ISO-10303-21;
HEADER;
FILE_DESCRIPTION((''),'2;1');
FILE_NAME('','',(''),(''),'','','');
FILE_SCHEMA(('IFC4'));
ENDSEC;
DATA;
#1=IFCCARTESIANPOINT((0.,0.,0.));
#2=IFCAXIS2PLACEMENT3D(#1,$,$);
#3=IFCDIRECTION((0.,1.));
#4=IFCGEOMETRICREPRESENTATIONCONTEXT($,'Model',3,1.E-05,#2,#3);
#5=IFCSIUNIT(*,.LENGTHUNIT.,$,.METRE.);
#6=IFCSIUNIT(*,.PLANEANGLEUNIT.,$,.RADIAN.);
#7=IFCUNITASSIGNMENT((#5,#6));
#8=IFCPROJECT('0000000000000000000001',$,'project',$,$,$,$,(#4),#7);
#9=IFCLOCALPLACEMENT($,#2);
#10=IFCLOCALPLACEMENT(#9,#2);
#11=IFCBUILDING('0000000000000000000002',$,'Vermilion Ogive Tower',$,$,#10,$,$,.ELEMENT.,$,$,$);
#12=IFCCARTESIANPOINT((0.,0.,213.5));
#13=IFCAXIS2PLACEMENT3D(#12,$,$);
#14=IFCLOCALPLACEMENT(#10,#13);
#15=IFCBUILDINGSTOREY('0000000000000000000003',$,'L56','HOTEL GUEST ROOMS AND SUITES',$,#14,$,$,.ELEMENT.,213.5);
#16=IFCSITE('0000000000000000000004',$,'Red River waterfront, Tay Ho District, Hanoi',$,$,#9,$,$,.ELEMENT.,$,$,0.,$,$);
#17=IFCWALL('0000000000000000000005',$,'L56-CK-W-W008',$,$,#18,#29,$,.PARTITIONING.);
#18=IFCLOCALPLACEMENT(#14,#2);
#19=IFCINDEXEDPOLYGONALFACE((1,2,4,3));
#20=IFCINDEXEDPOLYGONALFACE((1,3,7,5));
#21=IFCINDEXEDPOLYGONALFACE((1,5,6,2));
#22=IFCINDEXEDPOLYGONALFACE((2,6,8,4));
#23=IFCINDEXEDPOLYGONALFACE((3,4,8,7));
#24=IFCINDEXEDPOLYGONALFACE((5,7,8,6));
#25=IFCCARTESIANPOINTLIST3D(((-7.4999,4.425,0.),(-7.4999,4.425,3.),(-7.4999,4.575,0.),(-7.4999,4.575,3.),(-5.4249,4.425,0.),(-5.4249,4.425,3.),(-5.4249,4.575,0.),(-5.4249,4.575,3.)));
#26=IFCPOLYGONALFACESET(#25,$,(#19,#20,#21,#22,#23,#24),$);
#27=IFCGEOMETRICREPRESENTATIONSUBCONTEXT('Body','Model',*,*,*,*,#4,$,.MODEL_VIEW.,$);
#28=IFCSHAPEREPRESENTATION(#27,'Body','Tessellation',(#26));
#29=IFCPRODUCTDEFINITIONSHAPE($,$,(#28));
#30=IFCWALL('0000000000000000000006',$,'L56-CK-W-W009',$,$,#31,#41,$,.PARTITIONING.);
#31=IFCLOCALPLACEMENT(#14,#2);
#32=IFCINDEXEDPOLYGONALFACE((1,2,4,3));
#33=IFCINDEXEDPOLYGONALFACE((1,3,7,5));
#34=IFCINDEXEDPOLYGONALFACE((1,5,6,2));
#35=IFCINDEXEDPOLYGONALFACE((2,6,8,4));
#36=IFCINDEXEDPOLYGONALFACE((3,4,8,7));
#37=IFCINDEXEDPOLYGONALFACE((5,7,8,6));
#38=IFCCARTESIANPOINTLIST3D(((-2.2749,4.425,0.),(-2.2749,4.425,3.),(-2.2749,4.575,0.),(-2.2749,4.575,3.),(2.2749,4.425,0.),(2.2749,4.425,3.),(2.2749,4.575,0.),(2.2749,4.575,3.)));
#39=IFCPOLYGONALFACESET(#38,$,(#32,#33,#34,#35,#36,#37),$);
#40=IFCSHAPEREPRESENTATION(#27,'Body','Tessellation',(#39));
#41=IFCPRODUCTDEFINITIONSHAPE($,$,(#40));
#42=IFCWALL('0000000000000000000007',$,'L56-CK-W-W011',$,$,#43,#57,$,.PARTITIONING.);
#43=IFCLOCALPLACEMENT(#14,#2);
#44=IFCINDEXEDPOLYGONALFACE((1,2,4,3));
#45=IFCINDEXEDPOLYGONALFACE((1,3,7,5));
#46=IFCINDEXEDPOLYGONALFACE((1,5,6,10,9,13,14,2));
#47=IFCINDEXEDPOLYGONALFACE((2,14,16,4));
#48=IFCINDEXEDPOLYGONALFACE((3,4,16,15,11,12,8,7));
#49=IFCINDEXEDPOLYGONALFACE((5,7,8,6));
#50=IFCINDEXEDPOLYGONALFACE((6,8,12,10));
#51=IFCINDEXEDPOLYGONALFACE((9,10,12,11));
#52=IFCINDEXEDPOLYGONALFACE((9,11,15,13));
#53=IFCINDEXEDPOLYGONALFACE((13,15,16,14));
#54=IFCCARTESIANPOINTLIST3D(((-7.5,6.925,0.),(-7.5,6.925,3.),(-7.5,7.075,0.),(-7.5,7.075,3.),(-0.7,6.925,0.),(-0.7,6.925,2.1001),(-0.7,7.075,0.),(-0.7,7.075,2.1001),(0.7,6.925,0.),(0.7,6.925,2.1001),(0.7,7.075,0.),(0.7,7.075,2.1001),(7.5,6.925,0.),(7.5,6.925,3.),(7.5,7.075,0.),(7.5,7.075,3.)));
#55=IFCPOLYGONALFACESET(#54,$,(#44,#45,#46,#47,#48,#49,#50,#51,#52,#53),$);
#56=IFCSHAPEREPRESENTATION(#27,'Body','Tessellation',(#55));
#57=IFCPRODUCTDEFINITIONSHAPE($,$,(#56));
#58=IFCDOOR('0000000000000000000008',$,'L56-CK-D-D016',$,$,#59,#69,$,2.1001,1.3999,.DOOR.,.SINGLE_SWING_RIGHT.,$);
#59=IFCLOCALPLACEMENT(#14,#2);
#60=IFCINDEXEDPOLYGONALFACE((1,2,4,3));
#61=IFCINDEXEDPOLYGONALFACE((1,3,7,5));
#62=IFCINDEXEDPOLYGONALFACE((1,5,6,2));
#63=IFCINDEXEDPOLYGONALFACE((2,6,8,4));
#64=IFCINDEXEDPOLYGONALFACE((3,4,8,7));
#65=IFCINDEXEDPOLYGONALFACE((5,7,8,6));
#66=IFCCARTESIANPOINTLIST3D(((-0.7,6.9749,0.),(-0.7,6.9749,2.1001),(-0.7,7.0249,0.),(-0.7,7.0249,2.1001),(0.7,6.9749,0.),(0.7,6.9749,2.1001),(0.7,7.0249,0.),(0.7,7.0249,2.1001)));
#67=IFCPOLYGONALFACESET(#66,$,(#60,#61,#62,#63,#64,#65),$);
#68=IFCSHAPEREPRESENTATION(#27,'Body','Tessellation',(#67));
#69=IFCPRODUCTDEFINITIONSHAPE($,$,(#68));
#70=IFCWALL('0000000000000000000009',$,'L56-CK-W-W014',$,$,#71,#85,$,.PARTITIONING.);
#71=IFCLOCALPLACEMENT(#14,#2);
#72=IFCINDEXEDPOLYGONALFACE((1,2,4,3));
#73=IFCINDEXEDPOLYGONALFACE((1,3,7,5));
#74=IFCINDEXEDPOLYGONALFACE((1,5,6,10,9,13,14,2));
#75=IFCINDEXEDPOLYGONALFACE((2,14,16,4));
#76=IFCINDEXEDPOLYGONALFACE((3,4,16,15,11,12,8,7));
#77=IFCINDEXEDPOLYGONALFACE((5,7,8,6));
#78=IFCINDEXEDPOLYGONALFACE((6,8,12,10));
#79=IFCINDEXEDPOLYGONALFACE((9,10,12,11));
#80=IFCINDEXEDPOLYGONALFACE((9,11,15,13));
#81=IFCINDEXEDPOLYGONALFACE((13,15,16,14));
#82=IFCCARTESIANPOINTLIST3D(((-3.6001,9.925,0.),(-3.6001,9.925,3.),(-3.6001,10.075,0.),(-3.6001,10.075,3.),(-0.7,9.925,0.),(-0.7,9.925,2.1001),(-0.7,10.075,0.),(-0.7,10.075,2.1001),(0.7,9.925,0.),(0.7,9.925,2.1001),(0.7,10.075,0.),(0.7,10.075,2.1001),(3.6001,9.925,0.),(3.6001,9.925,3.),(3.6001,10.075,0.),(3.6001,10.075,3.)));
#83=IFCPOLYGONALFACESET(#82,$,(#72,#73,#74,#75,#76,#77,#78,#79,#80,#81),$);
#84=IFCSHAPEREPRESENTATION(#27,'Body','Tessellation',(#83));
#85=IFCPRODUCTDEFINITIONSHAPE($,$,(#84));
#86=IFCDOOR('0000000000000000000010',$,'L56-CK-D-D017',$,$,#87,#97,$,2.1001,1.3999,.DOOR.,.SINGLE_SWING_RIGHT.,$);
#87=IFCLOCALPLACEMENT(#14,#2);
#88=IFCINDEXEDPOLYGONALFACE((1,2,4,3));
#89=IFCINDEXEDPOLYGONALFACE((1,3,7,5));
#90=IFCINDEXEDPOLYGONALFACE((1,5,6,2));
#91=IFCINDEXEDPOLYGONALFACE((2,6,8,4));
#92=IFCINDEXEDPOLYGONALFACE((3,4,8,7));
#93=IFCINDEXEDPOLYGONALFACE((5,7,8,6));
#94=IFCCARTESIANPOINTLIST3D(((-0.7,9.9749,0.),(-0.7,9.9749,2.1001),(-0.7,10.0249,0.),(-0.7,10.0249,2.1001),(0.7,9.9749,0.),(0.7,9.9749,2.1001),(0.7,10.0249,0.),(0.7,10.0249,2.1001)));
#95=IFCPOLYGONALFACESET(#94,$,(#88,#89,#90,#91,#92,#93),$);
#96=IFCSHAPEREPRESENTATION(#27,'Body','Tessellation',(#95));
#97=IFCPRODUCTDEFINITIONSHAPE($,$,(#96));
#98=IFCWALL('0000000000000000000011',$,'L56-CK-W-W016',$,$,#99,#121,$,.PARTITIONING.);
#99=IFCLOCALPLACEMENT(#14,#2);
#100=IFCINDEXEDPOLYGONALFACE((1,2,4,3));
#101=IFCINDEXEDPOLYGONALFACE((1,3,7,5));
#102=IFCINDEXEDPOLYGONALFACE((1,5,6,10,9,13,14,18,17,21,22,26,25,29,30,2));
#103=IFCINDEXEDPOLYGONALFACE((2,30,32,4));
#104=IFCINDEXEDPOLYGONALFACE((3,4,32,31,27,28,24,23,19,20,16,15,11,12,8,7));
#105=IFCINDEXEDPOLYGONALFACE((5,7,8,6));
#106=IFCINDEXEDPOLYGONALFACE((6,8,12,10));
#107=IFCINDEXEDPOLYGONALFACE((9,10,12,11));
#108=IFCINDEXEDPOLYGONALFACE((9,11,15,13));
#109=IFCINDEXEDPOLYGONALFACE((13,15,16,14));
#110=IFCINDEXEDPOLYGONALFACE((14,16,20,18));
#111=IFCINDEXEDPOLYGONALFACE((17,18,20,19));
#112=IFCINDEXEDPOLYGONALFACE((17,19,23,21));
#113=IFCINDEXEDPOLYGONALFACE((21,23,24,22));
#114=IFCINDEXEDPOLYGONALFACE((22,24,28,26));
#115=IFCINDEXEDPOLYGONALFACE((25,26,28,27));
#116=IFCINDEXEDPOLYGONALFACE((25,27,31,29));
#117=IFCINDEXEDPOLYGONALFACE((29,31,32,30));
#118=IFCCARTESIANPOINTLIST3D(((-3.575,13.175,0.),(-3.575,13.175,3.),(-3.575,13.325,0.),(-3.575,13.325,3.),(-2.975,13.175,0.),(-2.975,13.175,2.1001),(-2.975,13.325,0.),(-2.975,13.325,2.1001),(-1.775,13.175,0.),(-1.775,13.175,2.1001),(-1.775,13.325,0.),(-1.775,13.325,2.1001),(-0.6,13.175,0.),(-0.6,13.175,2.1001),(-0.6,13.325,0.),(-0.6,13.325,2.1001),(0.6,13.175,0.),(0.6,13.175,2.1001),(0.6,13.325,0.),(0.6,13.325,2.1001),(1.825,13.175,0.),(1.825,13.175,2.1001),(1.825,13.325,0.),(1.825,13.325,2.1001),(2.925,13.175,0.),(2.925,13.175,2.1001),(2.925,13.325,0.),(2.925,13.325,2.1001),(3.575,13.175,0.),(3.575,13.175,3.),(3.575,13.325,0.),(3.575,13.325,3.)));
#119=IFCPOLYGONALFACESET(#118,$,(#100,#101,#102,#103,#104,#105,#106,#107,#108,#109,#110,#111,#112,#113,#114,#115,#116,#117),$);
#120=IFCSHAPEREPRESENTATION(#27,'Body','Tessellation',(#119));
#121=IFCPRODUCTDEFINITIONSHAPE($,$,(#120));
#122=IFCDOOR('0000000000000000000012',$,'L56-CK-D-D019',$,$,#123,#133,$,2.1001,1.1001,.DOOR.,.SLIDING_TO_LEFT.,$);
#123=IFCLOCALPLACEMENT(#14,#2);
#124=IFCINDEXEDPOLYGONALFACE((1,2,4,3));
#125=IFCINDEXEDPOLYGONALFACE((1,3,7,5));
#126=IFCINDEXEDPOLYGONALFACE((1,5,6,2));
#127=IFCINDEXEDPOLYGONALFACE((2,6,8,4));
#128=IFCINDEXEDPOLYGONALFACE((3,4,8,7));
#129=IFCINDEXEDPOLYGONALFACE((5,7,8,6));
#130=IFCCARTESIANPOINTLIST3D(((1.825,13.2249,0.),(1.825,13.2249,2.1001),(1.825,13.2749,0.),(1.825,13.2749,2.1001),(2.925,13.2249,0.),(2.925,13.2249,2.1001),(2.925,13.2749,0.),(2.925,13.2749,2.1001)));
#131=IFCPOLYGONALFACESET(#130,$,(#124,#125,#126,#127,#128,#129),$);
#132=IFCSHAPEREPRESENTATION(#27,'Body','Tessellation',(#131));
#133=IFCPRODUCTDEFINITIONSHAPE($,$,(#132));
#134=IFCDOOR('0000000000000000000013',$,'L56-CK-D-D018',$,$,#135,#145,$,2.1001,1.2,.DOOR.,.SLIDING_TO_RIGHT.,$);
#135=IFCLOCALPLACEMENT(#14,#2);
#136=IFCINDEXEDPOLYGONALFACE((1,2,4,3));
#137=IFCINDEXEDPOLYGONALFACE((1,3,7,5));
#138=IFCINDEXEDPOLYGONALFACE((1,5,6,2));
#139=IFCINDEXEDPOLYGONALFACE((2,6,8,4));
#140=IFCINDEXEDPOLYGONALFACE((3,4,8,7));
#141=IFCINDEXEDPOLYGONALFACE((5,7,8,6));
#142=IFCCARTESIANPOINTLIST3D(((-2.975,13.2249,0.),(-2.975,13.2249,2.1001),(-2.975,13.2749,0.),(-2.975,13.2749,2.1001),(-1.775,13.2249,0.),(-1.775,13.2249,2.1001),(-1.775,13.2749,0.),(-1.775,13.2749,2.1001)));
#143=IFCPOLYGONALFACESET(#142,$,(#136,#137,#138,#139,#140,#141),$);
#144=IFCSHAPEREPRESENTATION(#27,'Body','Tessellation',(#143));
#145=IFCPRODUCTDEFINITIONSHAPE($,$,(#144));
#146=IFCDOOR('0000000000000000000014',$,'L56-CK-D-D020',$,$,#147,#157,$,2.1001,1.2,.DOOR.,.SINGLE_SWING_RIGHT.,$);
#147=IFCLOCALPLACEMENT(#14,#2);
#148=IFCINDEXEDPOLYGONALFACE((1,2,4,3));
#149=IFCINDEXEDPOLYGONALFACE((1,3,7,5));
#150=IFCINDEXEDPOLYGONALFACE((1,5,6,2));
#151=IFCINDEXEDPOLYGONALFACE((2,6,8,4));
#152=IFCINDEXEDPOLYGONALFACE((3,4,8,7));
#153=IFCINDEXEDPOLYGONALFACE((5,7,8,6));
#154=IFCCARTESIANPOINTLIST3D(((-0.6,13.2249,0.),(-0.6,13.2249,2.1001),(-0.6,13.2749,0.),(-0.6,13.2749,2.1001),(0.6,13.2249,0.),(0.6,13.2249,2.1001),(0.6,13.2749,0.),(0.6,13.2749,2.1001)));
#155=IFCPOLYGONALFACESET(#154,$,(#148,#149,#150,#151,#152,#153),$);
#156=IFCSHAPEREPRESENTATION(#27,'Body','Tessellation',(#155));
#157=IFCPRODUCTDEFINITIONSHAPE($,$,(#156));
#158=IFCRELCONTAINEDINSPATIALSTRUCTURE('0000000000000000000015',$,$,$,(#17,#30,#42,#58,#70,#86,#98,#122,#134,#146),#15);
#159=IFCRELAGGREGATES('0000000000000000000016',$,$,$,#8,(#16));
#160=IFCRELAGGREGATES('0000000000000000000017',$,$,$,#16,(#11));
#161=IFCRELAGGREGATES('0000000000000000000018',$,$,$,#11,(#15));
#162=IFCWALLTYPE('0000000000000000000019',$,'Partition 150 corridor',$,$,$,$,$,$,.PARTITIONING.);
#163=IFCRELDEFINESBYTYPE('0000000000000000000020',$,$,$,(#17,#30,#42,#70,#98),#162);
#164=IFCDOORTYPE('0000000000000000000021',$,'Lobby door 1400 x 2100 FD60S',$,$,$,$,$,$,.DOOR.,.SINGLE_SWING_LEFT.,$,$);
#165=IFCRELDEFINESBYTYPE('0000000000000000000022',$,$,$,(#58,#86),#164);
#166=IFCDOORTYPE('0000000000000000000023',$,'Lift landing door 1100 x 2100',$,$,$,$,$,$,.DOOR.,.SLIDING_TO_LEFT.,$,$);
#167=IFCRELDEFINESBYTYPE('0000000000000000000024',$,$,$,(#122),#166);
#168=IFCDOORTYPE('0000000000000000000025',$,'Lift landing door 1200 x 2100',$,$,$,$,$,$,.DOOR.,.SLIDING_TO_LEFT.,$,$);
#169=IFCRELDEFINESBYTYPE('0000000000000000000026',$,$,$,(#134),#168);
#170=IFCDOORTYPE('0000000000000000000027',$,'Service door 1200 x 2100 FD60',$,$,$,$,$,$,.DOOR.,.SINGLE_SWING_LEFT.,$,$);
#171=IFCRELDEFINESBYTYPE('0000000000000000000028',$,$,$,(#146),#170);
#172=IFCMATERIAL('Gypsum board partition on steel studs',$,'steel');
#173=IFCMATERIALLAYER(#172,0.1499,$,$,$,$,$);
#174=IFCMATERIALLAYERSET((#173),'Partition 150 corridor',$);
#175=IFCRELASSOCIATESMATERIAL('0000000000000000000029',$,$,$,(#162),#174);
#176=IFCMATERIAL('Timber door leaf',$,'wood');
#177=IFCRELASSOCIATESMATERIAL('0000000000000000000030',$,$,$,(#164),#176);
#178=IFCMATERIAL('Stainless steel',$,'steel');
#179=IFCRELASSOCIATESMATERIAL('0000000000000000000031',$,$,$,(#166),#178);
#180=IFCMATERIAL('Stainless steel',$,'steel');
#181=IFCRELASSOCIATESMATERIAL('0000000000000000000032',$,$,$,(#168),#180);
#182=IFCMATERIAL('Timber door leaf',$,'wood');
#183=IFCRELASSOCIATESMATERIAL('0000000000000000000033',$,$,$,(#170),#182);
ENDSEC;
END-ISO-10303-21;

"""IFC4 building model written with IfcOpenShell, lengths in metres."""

from ifc_helpers import new_model, si_unit, direction, frame, frame_2d, origin, place, context, subcontext, project, spatial, rectangle, extrude, material, layer, layer_set, type_object, element, fill, save


model = new_model("IFC4")

# Units and contexts
model_context = context("Model", 3, precision=1e-05, world=origin(), true_north=direction((0.0, 1.0)))
body_context = subcontext(model_context, "Body", "Model", "MODEL_VIEW")
ifc_project = project(units=[si_unit("LENGTHUNIT", "METRE"), si_unit("PLANEANGLEUNIT", "RADIAN")], contexts=[model_context])

# Site, building, storey
site_placement = place(None, origin())
site = spatial("IfcSite", under=ifc_project, at=site_placement, Name="Red River waterfront, Tay Ho District, Hanoi", CompositionType="ELEMENT", RefElevation=0.0)
building_placement = place(site_placement, origin())
building = spatial("IfcBuilding", under=site, at=building_placement, Name="Vermilion Ogive Tower", CompositionType="ELEMENT")
storey_placement = place(building_placement, frame((0.0, 0.0, 213.5)))
storey = spatial("IfcBuildingStorey", under=building, at=storey_placement, Name="L56", Description="HOTEL GUEST ROOMS AND SUITES", CompositionType="ELEMENT", Elevation=213.5)

# Walls
ifc_material_1 = material(Name="Gypsum board partition on steel studs", Category="steel")
ifc_layer_1 = layer(ifc_material_1, 0.1499)
ifc_layer_set_1 = layer_set([ifc_layer_1], Name="Partition 150 corridor")
wall_type_1 = type_object("IfcWallType", Name="Partition 150 corridor", PredefinedType="PARTITIONING", material=ifc_layer_set_1)
wall_1_placement = place(storey_placement, frame((-7.5, 4.5, 0.0), z_axis=(0.0, 0.0, 1.0), x_axis=(1.0, 0.0, 0.0)))
element("IfcWall", 1, at=wall_1_placement, inside=storey, type_object=wall_type_1, Name="L56-CK-W-W008", PredefinedType="PARTITIONING", context=body_context, shape_type="SweptSolid", body=[
    extrude(rectangle(XDim=2.075, YDim=0.1499, at=frame_2d((1.0376, 0.0))), origin(), (0.0, 0.0, 1.0), 3.0),
])
wall_2_placement = place(storey_placement, frame((-2.2749, 4.5, 0.0), z_axis=(0.0, 0.0, 1.0), x_axis=(1.0, 0.0, 0.0)))
element("IfcWall", 2, at=wall_2_placement, inside=storey, type_object=wall_type_1, Name="L56-CK-W-W009", PredefinedType="PARTITIONING", context=body_context, shape_type="SweptSolid", body=[
    extrude(rectangle(XDim=4.5498, YDim=0.1499, at=frame_2d((2.2749, 0.0))), origin(), (0.0, 0.0, 1.0), 3.0),
])

# Walls, openings, doors
wall_3_placement = place(storey_placement, frame((-7.5, 7.0, 0.0), z_axis=(0.0, 0.0, 1.0), x_axis=(1.0, 0.0, 0.0)))
wall_3 = element("IfcWall", 3, at=wall_3_placement, inside=storey, type_object=wall_type_1, Name="L56-CK-W-W011", PredefinedType="PARTITIONING", context=body_context, shape_type="SweptSolid", body=[
    extrude(rectangle(XDim=15.0, YDim=0.1499, at=frame_2d((7.5, 0.0))), origin(), (0.0, 0.0, 1.0), 3.0),
])
opening_1_placement = place(wall_3_placement, frame((6.8, 0.0, 0.0)))
opening_1 = element("IfcOpeningElement", 4, at=opening_1_placement, cuts=wall_3, PredefinedType="OPENING", context=body_context, shape_type="SweptSolid", body=[
    extrude(rectangle(XDim=1.3999, YDim=2.1001, at=frame_2d((0.7, 1.05))), frame((0.0, 0.085, 0.0), z_axis=(0.0, -1.0, 0.0), x_axis=(1.0, 0.0, 0.0)), (0.0, 0.0, 1.0), 0.1699),
])
ifc_material_2 = material(Name="Timber door leaf", Category="wood")
door_type_1 = type_object("IfcDoorType", Name="Lobby door 1400 x 2100 FD60S", OperationType="SINGLE_SWING_LEFT", PredefinedType="DOOR", material=ifc_material_2)
door_1_placement = place(opening_1_placement, origin())
door_1 = element("IfcDoor", 5, at=door_1_placement, inside=storey, type_object=door_type_1, Name="L56-CK-D-D016", OperationType="SINGLE_SWING_RIGHT", OverallHeight=2.1001, OverallWidth=1.3999, PredefinedType="DOOR", context=body_context, shape_type="SweptSolid", body=[
    extrude(rectangle(XDim=1.3999, YDim=2.1001, at=frame_2d((0.7, 1.05))), frame((0.0, 0.0249, 0.0), z_axis=(0.0, -1.0, 0.0), x_axis=(1.0, 0.0, 0.0)), (0.0, 0.0, 1.0), 0.05),
])
fill(opening_1, door_1)
wall_4_placement = place(storey_placement, frame((-3.6001, 10.0, 0.0), z_axis=(0.0, 0.0, 1.0), x_axis=(1.0, 0.0, 0.0)))
wall_4 = element("IfcWall", 6, at=wall_4_placement, inside=storey, type_object=wall_type_1, Name="L56-CK-W-W014", PredefinedType="PARTITIONING", context=body_context, shape_type="SweptSolid", body=[
    extrude(rectangle(XDim=7.2002, YDim=0.1499, at=frame_2d((3.6001, 0.0))), origin(), (0.0, 0.0, 1.0), 3.0),
])
opening_2_placement = place(wall_4_placement, frame((2.9001, 0.0, 0.0)))
opening_2 = element("IfcOpeningElement", 7, at=opening_2_placement, cuts=wall_4, PredefinedType="OPENING", context=body_context, shape_type="SweptSolid", body=[
    extrude(rectangle(XDim=1.3999, YDim=2.1001, at=frame_2d((0.7, 1.05))), frame((0.0, 0.085, 0.0), z_axis=(0.0, -1.0, 0.0), x_axis=(1.0, 0.0, 0.0)), (0.0, 0.0, 1.0), 0.1699),
])
door_2_placement = place(opening_2_placement, origin())
door_2 = element("IfcDoor", 8, at=door_2_placement, inside=storey, type_object=door_type_1, Name="L56-CK-D-D017", OperationType="SINGLE_SWING_RIGHT", OverallHeight=2.1001, OverallWidth=1.3999, PredefinedType="DOOR", context=body_context, shape_type="SweptSolid", body=[
    extrude(rectangle(XDim=1.3999, YDim=2.1001, at=frame_2d((0.7, 1.05))), frame((0.0, 0.0249, 0.0), z_axis=(0.0, -1.0, 0.0), x_axis=(1.0, 0.0, 0.0)), (0.0, 0.0, 1.0), 0.05),
])
fill(opening_2, door_2)

# Wall, openings, doors
wall_5_placement = place(storey_placement, frame((-3.575, 13.25, 0.0), z_axis=(0.0, 0.0, 1.0), x_axis=(1.0, 0.0, 0.0)))
wall_5 = element("IfcWall", 9, at=wall_5_placement, inside=storey, type_object=wall_type_1, Name="L56-CK-W-W016", PredefinedType="PARTITIONING", context=body_context, shape_type="SweptSolid", body=[
    extrude(rectangle(XDim=7.1499, YDim=0.1499, at=frame_2d((3.575, 0.0))), origin(), (0.0, 0.0, 1.0), 3.0),
])
opening_3_placement = place(wall_5_placement, frame((0.5999, 0.0, 0.0)))
opening_3 = element("IfcOpeningElement", 10, at=opening_3_placement, cuts=wall_5, PredefinedType="OPENING", context=body_context, shape_type="SweptSolid", body=[
    extrude(rectangle(XDim=1.2, YDim=2.1001, at=frame_2d((0.6001, 1.05))), frame((0.0, 0.085, 0.0), z_axis=(0.0, -1.0, 0.0), x_axis=(1.0, 0.0, 0.0)), (0.0, 0.0, 1.0), 0.1699),
])
opening_4_placement = place(wall_5_placement, frame((5.3999, 0.0, 0.0)))
opening_4 = element("IfcOpeningElement", 11, at=opening_4_placement, cuts=wall_5, PredefinedType="OPENING", context=body_context, shape_type="SweptSolid", body=[
    extrude(rectangle(XDim=1.1001, YDim=2.1001, at=frame_2d((0.55, 1.05))), frame((0.0, 0.085, 0.0), z_axis=(0.0, -1.0, 0.0), x_axis=(1.0, 0.0, 0.0)), (0.0, 0.0, 1.0), 0.1699),
])
opening_5_placement = place(wall_5_placement, frame((2.9749, 0.0, 0.0)))
opening_5 = element("IfcOpeningElement", 12, at=opening_5_placement, cuts=wall_5, PredefinedType="OPENING", context=body_context, shape_type="SweptSolid", body=[
    extrude(rectangle(XDim=1.2, YDim=2.1001, at=frame_2d((0.6001, 1.05))), frame((0.0, 0.085, 0.0), z_axis=(0.0, -1.0, 0.0), x_axis=(1.0, 0.0, 0.0)), (0.0, 0.0, 1.0), 0.1699),
])
ifc_material_3 = material(Name="Stainless steel", Category="steel")
door_type_2 = type_object("IfcDoorType", Name="Lift landing door 1100 x 2100", OperationType="SLIDING_TO_LEFT", PredefinedType="DOOR", material=ifc_material_3)
door_3_placement = place(opening_4_placement, origin())
door_3 = element("IfcDoor", 13, at=door_3_placement, inside=storey, type_object=door_type_2, Name="L56-CK-D-D019", OperationType="SLIDING_TO_LEFT", OverallHeight=2.1001, OverallWidth=1.1001, PredefinedType="DOOR", context=body_context, shape_type="SweptSolid", body=[
    extrude(rectangle(XDim=1.1001, YDim=2.1001, at=frame_2d((0.55, 1.05))), frame((0.0, 0.0249, 0.0), z_axis=(0.0, -1.0, 0.0), x_axis=(1.0, 0.0, 0.0)), (0.0, 0.0, 1.0), 0.05),
])
fill(opening_4, door_3)
ifc_material_4 = material(Name="Stainless steel", Category="steel")
door_type_3 = type_object("IfcDoorType", Name="Lift landing door 1200 x 2100", OperationType="SLIDING_TO_LEFT", PredefinedType="DOOR", material=ifc_material_4)
door_4_placement = place(opening_3_placement, origin())
door_4 = element("IfcDoor", 14, at=door_4_placement, inside=storey, type_object=door_type_3, Name="L56-CK-D-D018", OperationType="SLIDING_TO_RIGHT", OverallHeight=2.1001, OverallWidth=1.2, PredefinedType="DOOR", context=body_context, shape_type="SweptSolid", body=[
    extrude(rectangle(XDim=1.2, YDim=2.1001, at=frame_2d((0.6001, 1.05))), frame((0.0, 0.0249, 0.0), z_axis=(0.0, -1.0, 0.0), x_axis=(1.0, 0.0, 0.0)), (0.0, 0.0, 1.0), 0.05),
])
fill(opening_3, door_4)
ifc_material_5 = material(Name="Timber door leaf", Category="wood")
door_type_4 = type_object("IfcDoorType", Name="Service door 1200 x 2100 FD60", OperationType="SINGLE_SWING_LEFT", PredefinedType="DOOR", material=ifc_material_5)
door_5_placement = place(opening_5_placement, origin())
door_5 = element("IfcDoor", 15, at=door_5_placement, inside=storey, type_object=door_type_4, Name="L56-CK-D-D020", OperationType="SINGLE_SWING_RIGHT", OverallHeight=2.1001, OverallWidth=1.2, PredefinedType="DOOR", context=body_context, shape_type="SweptSolid", body=[
    extrude(rectangle(XDim=1.2, YDim=2.1001, at=frame_2d((0.6001, 1.05))), frame((0.0, 0.0249, 0.0), z_axis=(0.0, -1.0, 0.0), x_axis=(1.0, 0.0, 0.0)), (0.0, 0.0, 1.0), 0.05),
])
fill(opening_5, door_5)

save(model, "model.ifc")
